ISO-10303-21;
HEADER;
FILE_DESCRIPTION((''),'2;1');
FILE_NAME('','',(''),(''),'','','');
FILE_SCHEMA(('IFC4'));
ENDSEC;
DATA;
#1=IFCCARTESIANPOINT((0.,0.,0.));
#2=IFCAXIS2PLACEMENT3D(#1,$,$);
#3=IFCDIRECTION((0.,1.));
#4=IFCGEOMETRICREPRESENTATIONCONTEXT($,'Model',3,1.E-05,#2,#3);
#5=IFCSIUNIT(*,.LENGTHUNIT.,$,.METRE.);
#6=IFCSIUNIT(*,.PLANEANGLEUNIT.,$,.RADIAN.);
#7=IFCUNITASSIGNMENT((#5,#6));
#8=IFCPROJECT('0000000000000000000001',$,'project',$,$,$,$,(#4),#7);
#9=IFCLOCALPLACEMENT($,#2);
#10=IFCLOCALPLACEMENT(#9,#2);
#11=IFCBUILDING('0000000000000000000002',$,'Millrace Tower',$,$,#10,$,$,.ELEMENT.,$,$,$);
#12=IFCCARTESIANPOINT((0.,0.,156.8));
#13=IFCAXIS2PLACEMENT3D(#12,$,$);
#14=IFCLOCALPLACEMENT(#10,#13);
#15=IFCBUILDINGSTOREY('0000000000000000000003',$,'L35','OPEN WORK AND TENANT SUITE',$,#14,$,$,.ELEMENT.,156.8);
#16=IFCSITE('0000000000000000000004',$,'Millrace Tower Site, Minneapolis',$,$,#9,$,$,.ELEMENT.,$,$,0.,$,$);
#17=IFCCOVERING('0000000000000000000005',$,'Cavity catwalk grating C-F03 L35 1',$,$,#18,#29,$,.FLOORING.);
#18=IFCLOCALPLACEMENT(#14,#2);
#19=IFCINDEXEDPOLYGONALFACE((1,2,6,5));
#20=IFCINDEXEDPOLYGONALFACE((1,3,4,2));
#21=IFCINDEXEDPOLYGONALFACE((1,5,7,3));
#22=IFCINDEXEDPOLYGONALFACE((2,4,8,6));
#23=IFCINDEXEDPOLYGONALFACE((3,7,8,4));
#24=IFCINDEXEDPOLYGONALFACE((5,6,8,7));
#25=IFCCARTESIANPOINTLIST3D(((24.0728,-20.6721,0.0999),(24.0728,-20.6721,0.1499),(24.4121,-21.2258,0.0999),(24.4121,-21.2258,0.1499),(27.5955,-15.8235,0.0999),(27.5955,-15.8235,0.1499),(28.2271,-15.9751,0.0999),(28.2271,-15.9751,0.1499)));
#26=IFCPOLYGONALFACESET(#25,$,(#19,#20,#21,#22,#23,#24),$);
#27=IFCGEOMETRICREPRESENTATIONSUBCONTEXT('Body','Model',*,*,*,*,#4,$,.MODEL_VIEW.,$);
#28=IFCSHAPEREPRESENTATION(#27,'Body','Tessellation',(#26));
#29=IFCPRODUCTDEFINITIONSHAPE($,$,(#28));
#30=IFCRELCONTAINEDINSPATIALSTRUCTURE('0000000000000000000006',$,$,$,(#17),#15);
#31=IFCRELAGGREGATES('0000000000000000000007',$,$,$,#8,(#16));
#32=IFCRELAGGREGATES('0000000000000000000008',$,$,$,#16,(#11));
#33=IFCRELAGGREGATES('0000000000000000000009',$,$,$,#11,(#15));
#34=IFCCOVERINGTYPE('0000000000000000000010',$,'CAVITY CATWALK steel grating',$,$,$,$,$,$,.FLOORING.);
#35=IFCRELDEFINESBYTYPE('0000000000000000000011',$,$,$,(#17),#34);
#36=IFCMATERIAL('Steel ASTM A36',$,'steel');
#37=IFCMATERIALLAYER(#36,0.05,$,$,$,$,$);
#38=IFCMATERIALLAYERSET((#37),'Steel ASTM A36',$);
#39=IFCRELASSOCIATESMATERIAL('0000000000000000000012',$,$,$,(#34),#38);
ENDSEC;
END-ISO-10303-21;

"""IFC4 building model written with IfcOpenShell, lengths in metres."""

from ifc_helpers import new_model, si_unit, direction, frame, origin, place, context, subcontext, project, spatial, polyline, outline, extrude, material, layer, layer_set, type_object, element, save


model = new_model("IFC4")

# Units and contexts
model_context = context("Model", 3, precision=1e-05, world=origin(), true_north=direction((0.0, 1.0)))
body_context = subcontext(model_context, "Body", "Model", "MODEL_VIEW")
ifc_project = project(units=[si_unit("LENGTHUNIT", "METRE"), si_unit("PLANEANGLEUNIT", "RADIAN")], contexts=[model_context])

# Site, building, storey
site_placement = place(None, origin())
site = spatial("IfcSite", under=ifc_project, at=site_placement, Name="Millrace Tower Site, Minneapolis", CompositionType="ELEMENT", RefElevation=0.0)
building_placement = place(site_placement, origin())
building = spatial("IfcBuilding", under=site, at=building_placement, Name="Millrace Tower", CompositionType="ELEMENT")
storey_placement = place(building_placement, frame((0.0, 0.0, 156.8)))
storey = spatial("IfcBuildingStorey", under=building, at=storey_placement, Name="L35", Description="OPEN WORK AND TENANT SUITE", CompositionType="ELEMENT", Elevation=156.8)

# Covering
ifc_material_1 = material(Name="Steel ASTM A36", Category="steel")
ifc_layer_1 = layer(ifc_material_1, 0.05)
ifc_layer_set_1 = layer_set([ifc_layer_1], Name="Steel ASTM A36")
covering_type = type_object("IfcCoveringType", Name="CAVITY CATWALK steel grating", PredefinedType="FLOORING", material=ifc_layer_set_1)
placement_1 = place(storey_placement, frame((0.0, 0.0, 0.0999)))
element("IfcCovering", 1, at=placement_1, inside=storey, type_object=covering_type, Name="Cavity catwalk grating C-F03 L35 1", PredefinedType="FLOORING", context=body_context, shape_type="SweptSolid", body=[
    extrude(outline(polyline([(24.4121, -21.2258), (28.2271, -15.9751), (27.5955, -15.8235), (24.0728, -20.6721), (24.4121, -21.2258)])), origin(), (0.0, 0.0, 1.0), 0.05),
])

save(model, "model.ifc")
